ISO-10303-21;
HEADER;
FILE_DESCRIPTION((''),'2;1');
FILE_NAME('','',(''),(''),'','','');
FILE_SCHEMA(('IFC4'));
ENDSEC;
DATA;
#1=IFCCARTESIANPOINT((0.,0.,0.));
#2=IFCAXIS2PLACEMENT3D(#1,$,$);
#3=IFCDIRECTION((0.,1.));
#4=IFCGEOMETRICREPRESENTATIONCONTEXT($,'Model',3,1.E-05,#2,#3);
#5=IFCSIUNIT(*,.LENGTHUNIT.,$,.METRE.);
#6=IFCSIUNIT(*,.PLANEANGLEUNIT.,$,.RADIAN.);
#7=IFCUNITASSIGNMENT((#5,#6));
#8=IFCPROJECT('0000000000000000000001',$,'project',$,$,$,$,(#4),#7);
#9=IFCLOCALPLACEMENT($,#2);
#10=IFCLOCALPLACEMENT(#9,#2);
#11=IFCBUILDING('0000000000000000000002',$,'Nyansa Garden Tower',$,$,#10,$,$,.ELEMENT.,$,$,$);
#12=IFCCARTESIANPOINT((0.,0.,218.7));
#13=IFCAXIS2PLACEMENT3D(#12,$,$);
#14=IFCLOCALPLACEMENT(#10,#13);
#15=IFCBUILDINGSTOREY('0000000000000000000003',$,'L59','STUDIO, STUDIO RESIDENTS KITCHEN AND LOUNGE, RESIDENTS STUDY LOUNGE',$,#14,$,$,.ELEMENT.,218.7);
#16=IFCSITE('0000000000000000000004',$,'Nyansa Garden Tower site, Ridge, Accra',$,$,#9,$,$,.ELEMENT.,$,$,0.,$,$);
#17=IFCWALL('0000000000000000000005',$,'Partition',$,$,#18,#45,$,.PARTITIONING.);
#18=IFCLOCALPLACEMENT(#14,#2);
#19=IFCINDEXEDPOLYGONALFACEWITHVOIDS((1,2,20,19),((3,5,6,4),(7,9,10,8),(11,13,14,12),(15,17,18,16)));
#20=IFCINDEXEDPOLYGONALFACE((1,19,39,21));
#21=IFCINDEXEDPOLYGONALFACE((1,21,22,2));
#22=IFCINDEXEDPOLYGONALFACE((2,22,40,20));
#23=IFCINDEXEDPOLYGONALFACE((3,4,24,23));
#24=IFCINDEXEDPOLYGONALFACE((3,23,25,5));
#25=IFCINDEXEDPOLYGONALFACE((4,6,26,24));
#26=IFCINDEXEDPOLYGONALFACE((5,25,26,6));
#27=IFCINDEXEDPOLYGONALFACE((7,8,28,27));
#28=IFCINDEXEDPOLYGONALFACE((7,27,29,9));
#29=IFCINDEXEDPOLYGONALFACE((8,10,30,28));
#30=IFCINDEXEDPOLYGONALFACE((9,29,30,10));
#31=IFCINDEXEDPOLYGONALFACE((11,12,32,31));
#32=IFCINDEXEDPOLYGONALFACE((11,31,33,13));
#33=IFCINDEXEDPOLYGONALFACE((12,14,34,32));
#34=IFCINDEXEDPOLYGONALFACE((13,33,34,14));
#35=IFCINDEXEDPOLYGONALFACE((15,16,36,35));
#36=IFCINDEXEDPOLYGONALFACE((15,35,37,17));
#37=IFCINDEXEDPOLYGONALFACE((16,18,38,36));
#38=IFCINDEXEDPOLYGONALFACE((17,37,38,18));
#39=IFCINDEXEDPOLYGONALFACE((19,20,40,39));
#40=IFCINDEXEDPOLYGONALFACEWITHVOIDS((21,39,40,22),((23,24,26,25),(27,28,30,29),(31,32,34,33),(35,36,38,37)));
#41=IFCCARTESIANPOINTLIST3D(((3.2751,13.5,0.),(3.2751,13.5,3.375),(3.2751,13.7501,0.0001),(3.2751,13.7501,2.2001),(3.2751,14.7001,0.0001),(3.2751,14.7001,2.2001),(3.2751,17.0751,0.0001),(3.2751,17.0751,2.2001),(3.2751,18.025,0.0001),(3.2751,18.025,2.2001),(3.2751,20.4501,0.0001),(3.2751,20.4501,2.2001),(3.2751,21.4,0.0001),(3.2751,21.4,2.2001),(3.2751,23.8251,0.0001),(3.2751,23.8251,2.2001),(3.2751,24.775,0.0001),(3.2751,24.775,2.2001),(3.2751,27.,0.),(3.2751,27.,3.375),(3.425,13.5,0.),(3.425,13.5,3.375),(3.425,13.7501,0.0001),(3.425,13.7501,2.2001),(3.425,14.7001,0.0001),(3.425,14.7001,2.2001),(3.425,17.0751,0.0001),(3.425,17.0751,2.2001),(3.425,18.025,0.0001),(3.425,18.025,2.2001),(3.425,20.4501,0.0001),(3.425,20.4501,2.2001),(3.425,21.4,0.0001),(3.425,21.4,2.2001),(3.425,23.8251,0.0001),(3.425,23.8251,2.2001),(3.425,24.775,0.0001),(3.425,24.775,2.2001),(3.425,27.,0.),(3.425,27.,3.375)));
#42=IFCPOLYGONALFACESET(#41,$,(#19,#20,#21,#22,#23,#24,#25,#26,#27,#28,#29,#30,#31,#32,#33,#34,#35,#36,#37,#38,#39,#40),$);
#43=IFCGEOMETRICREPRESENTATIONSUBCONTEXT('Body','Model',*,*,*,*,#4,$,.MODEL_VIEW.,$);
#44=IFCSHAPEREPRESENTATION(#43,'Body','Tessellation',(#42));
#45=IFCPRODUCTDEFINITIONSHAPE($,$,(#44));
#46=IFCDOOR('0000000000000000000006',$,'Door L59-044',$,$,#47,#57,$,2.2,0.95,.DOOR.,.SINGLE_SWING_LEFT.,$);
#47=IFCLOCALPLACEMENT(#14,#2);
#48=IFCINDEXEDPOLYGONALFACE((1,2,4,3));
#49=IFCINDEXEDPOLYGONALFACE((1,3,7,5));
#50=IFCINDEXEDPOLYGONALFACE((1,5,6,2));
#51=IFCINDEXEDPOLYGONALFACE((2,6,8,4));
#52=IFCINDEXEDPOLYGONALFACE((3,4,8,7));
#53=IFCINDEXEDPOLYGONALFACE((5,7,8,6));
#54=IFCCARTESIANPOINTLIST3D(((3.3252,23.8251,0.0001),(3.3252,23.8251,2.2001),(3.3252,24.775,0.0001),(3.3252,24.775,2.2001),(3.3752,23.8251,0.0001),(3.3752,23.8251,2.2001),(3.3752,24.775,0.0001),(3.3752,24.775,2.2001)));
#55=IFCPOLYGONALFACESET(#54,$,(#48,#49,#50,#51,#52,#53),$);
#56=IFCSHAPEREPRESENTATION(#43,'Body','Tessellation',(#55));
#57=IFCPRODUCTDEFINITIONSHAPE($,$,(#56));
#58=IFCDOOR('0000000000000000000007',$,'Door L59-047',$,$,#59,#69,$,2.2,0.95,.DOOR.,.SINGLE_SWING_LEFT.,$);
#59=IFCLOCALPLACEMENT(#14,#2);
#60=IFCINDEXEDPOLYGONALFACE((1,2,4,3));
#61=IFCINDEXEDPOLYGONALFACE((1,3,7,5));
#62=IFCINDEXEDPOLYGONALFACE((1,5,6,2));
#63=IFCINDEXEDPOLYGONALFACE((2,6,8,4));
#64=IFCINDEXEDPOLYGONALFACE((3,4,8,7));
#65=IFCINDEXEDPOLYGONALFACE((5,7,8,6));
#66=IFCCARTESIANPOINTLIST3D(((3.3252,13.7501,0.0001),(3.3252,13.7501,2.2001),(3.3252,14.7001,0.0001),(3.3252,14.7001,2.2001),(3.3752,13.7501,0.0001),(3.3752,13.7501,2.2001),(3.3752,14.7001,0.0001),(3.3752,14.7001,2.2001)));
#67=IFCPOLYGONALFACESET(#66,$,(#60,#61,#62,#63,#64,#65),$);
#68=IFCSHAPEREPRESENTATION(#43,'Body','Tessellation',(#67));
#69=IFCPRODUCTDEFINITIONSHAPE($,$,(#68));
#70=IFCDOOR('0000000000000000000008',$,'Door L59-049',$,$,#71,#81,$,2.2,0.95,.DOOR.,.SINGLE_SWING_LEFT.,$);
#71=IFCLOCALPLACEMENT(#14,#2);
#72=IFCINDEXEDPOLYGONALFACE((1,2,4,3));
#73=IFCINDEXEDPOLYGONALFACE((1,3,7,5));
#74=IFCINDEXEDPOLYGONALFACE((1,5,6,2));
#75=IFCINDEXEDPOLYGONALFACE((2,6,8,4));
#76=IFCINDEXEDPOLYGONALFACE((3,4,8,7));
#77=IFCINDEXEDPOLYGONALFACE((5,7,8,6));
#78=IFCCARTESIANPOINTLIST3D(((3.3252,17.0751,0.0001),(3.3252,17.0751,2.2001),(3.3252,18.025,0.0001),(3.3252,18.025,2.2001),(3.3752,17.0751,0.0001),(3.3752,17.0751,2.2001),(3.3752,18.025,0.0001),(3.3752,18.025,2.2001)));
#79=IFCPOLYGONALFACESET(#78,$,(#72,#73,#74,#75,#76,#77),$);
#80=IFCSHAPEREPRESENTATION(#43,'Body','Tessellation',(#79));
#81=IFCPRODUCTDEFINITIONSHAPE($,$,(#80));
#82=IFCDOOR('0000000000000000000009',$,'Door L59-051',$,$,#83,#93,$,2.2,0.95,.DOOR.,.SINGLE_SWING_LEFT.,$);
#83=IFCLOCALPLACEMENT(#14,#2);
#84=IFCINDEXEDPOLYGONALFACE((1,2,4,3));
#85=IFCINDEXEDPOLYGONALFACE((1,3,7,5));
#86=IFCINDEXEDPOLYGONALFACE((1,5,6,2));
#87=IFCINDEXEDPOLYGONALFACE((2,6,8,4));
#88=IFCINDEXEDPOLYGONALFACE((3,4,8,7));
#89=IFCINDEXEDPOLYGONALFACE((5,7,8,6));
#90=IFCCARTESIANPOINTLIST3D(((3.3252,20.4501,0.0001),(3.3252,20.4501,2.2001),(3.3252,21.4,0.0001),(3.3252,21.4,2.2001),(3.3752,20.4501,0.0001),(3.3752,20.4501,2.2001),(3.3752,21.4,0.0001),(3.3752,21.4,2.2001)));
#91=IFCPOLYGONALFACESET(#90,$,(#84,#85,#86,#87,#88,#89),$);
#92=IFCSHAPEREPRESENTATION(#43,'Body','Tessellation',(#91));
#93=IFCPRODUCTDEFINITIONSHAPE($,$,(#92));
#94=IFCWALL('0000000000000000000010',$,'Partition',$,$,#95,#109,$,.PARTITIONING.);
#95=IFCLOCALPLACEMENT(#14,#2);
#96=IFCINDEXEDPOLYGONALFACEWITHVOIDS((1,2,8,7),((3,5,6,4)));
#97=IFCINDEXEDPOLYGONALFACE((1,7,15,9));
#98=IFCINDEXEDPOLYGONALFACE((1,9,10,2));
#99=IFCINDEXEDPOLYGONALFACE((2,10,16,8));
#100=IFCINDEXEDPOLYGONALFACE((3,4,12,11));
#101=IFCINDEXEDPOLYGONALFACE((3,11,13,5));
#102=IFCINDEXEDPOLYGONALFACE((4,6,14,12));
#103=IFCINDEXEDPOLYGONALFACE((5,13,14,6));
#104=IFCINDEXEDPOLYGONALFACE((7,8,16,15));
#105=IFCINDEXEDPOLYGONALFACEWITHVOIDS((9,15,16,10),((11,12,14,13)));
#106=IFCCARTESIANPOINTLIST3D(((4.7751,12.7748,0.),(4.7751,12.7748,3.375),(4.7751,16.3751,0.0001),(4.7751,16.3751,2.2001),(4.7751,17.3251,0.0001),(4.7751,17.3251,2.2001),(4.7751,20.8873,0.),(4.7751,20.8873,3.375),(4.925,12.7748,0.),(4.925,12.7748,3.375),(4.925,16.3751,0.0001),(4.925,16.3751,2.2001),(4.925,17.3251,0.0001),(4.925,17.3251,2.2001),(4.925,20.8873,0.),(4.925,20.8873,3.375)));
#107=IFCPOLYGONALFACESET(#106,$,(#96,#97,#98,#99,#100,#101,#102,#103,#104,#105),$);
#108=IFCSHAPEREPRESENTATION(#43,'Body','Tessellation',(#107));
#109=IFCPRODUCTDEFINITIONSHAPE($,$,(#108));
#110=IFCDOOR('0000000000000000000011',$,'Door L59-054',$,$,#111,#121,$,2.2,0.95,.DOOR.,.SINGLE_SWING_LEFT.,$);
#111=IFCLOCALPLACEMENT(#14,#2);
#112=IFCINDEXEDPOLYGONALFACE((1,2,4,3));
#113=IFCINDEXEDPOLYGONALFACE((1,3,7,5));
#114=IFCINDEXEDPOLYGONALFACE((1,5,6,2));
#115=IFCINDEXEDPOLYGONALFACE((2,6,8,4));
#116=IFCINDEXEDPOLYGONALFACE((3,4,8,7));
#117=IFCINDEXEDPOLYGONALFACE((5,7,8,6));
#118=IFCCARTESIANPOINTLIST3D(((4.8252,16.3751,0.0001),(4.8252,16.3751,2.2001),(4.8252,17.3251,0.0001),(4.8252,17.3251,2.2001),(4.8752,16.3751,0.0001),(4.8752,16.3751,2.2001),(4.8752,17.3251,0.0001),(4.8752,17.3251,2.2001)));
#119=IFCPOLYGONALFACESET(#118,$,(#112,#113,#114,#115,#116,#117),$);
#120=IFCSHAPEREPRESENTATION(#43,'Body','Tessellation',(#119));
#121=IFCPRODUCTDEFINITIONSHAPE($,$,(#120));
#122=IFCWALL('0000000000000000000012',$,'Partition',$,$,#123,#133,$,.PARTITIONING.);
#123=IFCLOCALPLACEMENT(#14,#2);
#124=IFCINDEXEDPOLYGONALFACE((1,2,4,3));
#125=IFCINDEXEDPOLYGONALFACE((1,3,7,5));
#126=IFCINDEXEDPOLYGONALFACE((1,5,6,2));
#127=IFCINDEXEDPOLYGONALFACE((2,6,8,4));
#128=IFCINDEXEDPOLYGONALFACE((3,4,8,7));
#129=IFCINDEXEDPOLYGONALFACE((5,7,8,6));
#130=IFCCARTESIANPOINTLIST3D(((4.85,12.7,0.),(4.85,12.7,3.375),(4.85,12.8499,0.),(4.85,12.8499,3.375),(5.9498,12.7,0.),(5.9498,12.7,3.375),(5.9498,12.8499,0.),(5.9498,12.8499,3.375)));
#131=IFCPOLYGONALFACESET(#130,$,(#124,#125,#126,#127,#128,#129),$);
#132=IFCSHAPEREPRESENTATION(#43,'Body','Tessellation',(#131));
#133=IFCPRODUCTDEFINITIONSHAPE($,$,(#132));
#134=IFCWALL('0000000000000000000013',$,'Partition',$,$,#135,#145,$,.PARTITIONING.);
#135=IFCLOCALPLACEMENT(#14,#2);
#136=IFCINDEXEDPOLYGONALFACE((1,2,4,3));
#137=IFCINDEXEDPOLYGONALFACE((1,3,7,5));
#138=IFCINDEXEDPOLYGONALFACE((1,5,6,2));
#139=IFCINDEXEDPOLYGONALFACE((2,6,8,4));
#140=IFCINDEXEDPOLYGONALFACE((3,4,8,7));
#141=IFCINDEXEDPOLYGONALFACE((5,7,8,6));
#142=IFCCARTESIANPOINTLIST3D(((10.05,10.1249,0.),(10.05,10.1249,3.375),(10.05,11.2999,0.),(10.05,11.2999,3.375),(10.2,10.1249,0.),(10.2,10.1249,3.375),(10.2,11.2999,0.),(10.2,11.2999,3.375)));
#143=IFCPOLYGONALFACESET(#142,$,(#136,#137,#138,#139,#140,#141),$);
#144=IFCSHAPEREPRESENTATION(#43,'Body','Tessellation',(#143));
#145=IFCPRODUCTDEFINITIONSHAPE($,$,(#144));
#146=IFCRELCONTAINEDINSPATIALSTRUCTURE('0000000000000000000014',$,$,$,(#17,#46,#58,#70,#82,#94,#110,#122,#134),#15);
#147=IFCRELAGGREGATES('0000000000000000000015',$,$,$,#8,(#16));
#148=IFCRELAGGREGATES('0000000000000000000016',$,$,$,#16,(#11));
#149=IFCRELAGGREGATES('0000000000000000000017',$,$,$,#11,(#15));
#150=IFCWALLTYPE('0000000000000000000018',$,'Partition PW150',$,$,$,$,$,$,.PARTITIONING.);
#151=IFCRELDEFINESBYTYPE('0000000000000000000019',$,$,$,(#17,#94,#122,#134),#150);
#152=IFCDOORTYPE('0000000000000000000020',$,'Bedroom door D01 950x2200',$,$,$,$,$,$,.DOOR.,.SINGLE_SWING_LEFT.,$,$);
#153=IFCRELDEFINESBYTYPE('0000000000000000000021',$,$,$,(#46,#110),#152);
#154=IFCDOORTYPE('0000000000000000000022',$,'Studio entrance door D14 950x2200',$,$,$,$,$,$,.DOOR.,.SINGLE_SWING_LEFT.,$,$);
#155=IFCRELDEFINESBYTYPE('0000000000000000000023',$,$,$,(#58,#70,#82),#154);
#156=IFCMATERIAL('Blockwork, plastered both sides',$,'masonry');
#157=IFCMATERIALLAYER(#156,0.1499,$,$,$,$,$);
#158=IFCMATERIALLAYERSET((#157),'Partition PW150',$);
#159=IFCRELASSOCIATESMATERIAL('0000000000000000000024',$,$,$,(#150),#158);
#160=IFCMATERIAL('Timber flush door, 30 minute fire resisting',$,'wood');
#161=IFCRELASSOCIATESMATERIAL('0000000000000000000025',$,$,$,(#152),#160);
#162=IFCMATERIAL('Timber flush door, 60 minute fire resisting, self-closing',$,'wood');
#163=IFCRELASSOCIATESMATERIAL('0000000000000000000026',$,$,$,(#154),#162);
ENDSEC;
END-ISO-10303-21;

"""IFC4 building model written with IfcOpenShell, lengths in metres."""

from ifc_helpers import new_model, si_unit, direction, frame, frame_2d, origin, place, context, subcontext, project, spatial, rectangle, extrude, material, layer, layer_set, type_object, element, fill, save


model = new_model("IFC4")

# Units and contexts
model_context = context("Model", 3, precision=1e-05, world=origin(), true_north=direction((0.0, 1.0)))
body_context = subcontext(model_context, "Body", "Model", "MODEL_VIEW")
ifc_project = project(units=[si_unit("LENGTHUNIT", "METRE"), si_unit("PLANEANGLEUNIT", "RADIAN")], contexts=[model_context])

# Site, building, storey
site_placement = place(None, origin())
site = spatial("IfcSite", under=ifc_project, at=site_placement, Name="Nyansa Garden Tower site, Ridge, Accra", CompositionType="ELEMENT", RefElevation=0.0)
building_placement = place(site_placement, origin())
building = spatial("IfcBuilding", under=site, at=building_placement, Name="Nyansa Garden Tower", CompositionType="ELEMENT")
storey_placement = place(building_placement, frame((0.0, 0.0, 218.7)))
storey = spatial("IfcBuildingStorey", under=building, at=storey_placement, Name="L59", Description="STUDIO, STUDIO RESIDENTS KITCHEN AND LOUNGE, RESIDENTS STUDY LOUNGE", CompositionType="ELEMENT", Elevation=218.7)

# Shared definitions
ifc_material_1 = material(Name="Blockwork, plastered both sides", Category="masonry")
ifc_layer = layer(ifc_material_1, 0.1499)
ifc_layer_set = layer_set([ifc_layer], Name="Partition PW150")
wall_type = type_object("IfcWallType", Name="Partition PW150", PredefinedType="PARTITIONING", material=ifc_layer_set)

# Wall, openings, doors
wall_1_placement = place(storey_placement, frame((3.3501, 13.5, 0.0), z_axis=(0.0, 0.0, 1.0), x_axis=(0.0, 1.0, 0.0)))
wall_1 = element("IfcWall", 1, at=wall_1_placement, inside=storey, type_object=wall_type, Name="Partition", PredefinedType="PARTITIONING", context=body_context, shape_type="SweptSolid", body=[
    extrude(rectangle(XDim=13.5, YDim=0.1499, at=frame_2d((6.75, 0.0))), origin(), (0.0, 0.0, 1.0), 3.375),
])
opening_1_placement = place(wall_1_placement, frame((10.325, 0.0, 0.0)))
opening_1 = element("IfcOpeningElement", 2, at=opening_1_placement, cuts=wall_1, PredefinedType="OPENING", context=body_context, shape_type="SweptSolid", body=[
    extrude(rectangle(XDim=0.95, YDim=2.2, at=frame_2d((0.4751, 1.1001))), frame((0.0, 0.085, 0.0), z_axis=(0.0, -1.0, 0.0), x_axis=(1.0, 0.0, 0.0)), (0.0, 0.0, 1.0), 0.1699),
])
opening_2_placement = place(wall_1_placement, frame((0.25, 0.0, 0.0)))
opening_2 = element("IfcOpeningElement", 3, at=opening_2_placement, cuts=wall_1, PredefinedType="OPENING", context=body_context, shape_type="SweptSolid", body=[
    extrude(rectangle(XDim=0.95, YDim=2.2, at=frame_2d((0.4751, 1.1001))), frame((0.0, 0.085, 0.0), z_axis=(0.0, -1.0, 0.0), x_axis=(1.0, 0.0, 0.0)), (0.0, 0.0, 1.0), 0.1699),
])
opening_3_placement = place(wall_1_placement, frame((3.575, 0.0, 0.0)))
opening_3 = element("IfcOpeningElement", 4, at=opening_3_placement, cuts=wall_1, PredefinedType="OPENING", context=body_context, shape_type="SweptSolid", body=[
    extrude(rectangle(XDim=0.95, YDim=2.2, at=frame_2d((0.4751, 1.1001))), frame((0.0, 0.085, 0.0), z_axis=(0.0, -1.0, 0.0), x_axis=(1.0, 0.0, 0.0)), (0.0, 0.0, 1.0), 0.1699),
])
opening_4_placement = place(wall_1_placement, frame((6.95, 0.0, 0.0)))
opening_4 = element("IfcOpeningElement", 5, at=opening_4_placement, cuts=wall_1, PredefinedType="OPENING", context=body_context, shape_type="SweptSolid", body=[
    extrude(rectangle(XDim=0.95, YDim=2.2, at=frame_2d((0.4751, 1.1001))), frame((0.0, 0.085, 0.0), z_axis=(0.0, -1.0, 0.0), x_axis=(1.0, 0.0, 0.0)), (0.0, 0.0, 1.0), 0.1699),
])
ifc_material_2 = material(Name="Timber flush door, 30 minute fire resisting", Category="wood")
door_type_1 = type_object("IfcDoorType", Name="Bedroom door D01 950x2200", OperationType="SINGLE_SWING_LEFT", PredefinedType="DOOR", material=ifc_material_2)
door_1_placement = place(opening_1_placement, origin())
door_1 = element("IfcDoor", 6, at=door_1_placement, inside=storey, type_object=door_type_1, Name="Door L59-044", OperationType="SINGLE_SWING_LEFT", OverallHeight=2.2, OverallWidth=0.95, PredefinedType="DOOR", context=body_context, shape_type="SweptSolid", body=[
    extrude(rectangle(XDim=0.95, YDim=2.2, at=frame_2d((0.4751, 1.1001))), frame((0.0, 0.0249, 0.0), z_axis=(0.0, -1.0, 0.0), x_axis=(1.0, 0.0, 0.0)), (0.0, 0.0, 1.0), 0.05),
])
fill(opening_1, door_1)
ifc_material_3 = material(Name="Timber flush door, 60 minute fire resisting, self-closing", Category="wood")
door_type_2 = type_object("IfcDoorType", Name="Studio entrance door D14 950x2200", OperationType="SINGLE_SWING_LEFT", PredefinedType="DOOR", material=ifc_material_3)
door_2_placement = place(opening_2_placement, origin())
door_2 = element("IfcDoor", 7, at=door_2_placement, inside=storey, type_object=door_type_2, Name="Door L59-047", OperationType="SINGLE_SWING_LEFT", OverallHeight=2.2, OverallWidth=0.95, PredefinedType="DOOR", context=body_context, shape_type="SweptSolid", body=[
    extrude(rectangle(XDim=0.95, YDim=2.2, at=frame_2d((0.4751, 1.1001))), frame((0.0, 0.0249, 0.0), z_axis=(0.0, -1.0, 0.0), x_axis=(1.0, 0.0, 0.0)), (0.0, 0.0, 1.0), 0.05),
])
fill(opening_2, door_2)
door_3_placement = place(opening_3_placement, origin())
door_3 = element("IfcDoor", 8, at=door_3_placement, inside=storey, type_object=door_type_2, Name="Door L59-049", OperationType="SINGLE_SWING_LEFT", OverallHeight=2.2, OverallWidth=0.95, PredefinedType="DOOR", context=body_context, shape_type="SweptSolid", body=[
    extrude(rectangle(XDim=0.95, YDim=2.2, at=frame_2d((0.4751, 1.1001))), frame((0.0, 0.0249, 0.0), z_axis=(0.0, -1.0, 0.0), x_axis=(1.0, 0.0, 0.0)), (0.0, 0.0, 1.0), 0.05),
])
fill(opening_3, door_3)
door_4_placement = place(opening_4_placement, origin())
door_4 = element("IfcDoor", 9, at=door_4_placement, inside=storey, type_object=door_type_2, Name="Door L59-051", OperationType="SINGLE_SWING_LEFT", OverallHeight=2.2, OverallWidth=0.95, PredefinedType="DOOR", context=body_context, shape_type="SweptSolid", body=[
    extrude(rectangle(XDim=0.95, YDim=2.2, at=frame_2d((0.4751, 1.1001))), frame((0.0, 0.0249, 0.0), z_axis=(0.0, -1.0, 0.0), x_axis=(1.0, 0.0, 0.0)), (0.0, 0.0, 1.0), 0.05),
])
fill(opening_4, door_4)

# Wall, opening, door
wall_2_placement = place(storey_placement, frame((4.8501, 12.7749, 0.0), z_axis=(0.0, 0.0, 1.0), x_axis=(0.0, 1.0, 0.0)))
wall_2 = element("IfcWall", 10, at=wall_2_placement, inside=storey, type_object=wall_type, Name="Partition", PredefinedType="PARTITIONING", context=body_context, shape_type="SweptSolid", body=[
    extrude(rectangle(XDim=8.1125, YDim=0.1499, at=frame_2d((4.0562, 0.0))), origin(), (0.0, 0.0, 1.0), 3.375),
])
opening_5_placement = place(wall_2_placement, frame((3.6001, 0.0, 0.0)))
opening_5 = element("IfcOpeningElement", 11, at=opening_5_placement, cuts=wall_2, PredefinedType="OPENING", context=body_context, shape_type="SweptSolid", body=[
    extrude(rectangle(XDim=0.95, YDim=2.2, at=frame_2d((0.4751, 1.1001))), frame((0.0, 0.085, 0.0), z_axis=(0.0, -1.0, 0.0), x_axis=(1.0, 0.0, 0.0)), (0.0, 0.0, 1.0), 0.1699),
])
door_5_placement = place(opening_5_placement, origin())
door_5 = element("IfcDoor", 12, at=door_5_placement, inside=storey, type_object=door_type_1, Name="Door L59-054", OperationType="SINGLE_SWING_LEFT", OverallHeight=2.2, OverallWidth=0.95, PredefinedType="DOOR", context=body_context, shape_type="SweptSolid", body=[
    extrude(rectangle(XDim=0.95, YDim=2.2, at=frame_2d((0.4751, 1.1001))), frame((0.0, 0.0249, 0.0), z_axis=(0.0, -1.0, 0.0), x_axis=(1.0, 0.0, 0.0)), (0.0, 0.0, 1.0), 0.05),
])
fill(opening_5, door_5)

# Walls
wall_3_placement = place(storey_placement, frame((4.8501, 12.7749, 0.0), z_axis=(0.0, 0.0, 1.0), x_axis=(1.0, 0.0, 0.0)))
element("IfcWall", 13, at=wall_3_placement, inside=storey, type_object=wall_type, Name="Partition", PredefinedType="PARTITIONING", context=body_context, shape_type="SweptSolid", body=[
    extrude(rectangle(XDim=1.0999, YDim=0.1499, at=frame_2d((0.5498, 0.0))), origin(), (0.0, 0.0, 1.0), 3.375),
])
wall_4_placement = place(storey_placement, frame((10.125, 10.125, 0.0), z_axis=(0.0, 0.0, 1.0), x_axis=(0.0, 1.0, 0.0)))
element("IfcWall", 14, at=wall_4_placement, inside=storey, type_object=wall_type, Name="Partition", PredefinedType="PARTITIONING", context=body_context, shape_type="SweptSolid", body=[
    extrude(rectangle(XDim=1.175, YDim=0.1499, at=frame_2d((0.5874, 0.0))), origin(), (0.0, 0.0, 1.0), 3.375),
])

save(model, "model.ifc")
